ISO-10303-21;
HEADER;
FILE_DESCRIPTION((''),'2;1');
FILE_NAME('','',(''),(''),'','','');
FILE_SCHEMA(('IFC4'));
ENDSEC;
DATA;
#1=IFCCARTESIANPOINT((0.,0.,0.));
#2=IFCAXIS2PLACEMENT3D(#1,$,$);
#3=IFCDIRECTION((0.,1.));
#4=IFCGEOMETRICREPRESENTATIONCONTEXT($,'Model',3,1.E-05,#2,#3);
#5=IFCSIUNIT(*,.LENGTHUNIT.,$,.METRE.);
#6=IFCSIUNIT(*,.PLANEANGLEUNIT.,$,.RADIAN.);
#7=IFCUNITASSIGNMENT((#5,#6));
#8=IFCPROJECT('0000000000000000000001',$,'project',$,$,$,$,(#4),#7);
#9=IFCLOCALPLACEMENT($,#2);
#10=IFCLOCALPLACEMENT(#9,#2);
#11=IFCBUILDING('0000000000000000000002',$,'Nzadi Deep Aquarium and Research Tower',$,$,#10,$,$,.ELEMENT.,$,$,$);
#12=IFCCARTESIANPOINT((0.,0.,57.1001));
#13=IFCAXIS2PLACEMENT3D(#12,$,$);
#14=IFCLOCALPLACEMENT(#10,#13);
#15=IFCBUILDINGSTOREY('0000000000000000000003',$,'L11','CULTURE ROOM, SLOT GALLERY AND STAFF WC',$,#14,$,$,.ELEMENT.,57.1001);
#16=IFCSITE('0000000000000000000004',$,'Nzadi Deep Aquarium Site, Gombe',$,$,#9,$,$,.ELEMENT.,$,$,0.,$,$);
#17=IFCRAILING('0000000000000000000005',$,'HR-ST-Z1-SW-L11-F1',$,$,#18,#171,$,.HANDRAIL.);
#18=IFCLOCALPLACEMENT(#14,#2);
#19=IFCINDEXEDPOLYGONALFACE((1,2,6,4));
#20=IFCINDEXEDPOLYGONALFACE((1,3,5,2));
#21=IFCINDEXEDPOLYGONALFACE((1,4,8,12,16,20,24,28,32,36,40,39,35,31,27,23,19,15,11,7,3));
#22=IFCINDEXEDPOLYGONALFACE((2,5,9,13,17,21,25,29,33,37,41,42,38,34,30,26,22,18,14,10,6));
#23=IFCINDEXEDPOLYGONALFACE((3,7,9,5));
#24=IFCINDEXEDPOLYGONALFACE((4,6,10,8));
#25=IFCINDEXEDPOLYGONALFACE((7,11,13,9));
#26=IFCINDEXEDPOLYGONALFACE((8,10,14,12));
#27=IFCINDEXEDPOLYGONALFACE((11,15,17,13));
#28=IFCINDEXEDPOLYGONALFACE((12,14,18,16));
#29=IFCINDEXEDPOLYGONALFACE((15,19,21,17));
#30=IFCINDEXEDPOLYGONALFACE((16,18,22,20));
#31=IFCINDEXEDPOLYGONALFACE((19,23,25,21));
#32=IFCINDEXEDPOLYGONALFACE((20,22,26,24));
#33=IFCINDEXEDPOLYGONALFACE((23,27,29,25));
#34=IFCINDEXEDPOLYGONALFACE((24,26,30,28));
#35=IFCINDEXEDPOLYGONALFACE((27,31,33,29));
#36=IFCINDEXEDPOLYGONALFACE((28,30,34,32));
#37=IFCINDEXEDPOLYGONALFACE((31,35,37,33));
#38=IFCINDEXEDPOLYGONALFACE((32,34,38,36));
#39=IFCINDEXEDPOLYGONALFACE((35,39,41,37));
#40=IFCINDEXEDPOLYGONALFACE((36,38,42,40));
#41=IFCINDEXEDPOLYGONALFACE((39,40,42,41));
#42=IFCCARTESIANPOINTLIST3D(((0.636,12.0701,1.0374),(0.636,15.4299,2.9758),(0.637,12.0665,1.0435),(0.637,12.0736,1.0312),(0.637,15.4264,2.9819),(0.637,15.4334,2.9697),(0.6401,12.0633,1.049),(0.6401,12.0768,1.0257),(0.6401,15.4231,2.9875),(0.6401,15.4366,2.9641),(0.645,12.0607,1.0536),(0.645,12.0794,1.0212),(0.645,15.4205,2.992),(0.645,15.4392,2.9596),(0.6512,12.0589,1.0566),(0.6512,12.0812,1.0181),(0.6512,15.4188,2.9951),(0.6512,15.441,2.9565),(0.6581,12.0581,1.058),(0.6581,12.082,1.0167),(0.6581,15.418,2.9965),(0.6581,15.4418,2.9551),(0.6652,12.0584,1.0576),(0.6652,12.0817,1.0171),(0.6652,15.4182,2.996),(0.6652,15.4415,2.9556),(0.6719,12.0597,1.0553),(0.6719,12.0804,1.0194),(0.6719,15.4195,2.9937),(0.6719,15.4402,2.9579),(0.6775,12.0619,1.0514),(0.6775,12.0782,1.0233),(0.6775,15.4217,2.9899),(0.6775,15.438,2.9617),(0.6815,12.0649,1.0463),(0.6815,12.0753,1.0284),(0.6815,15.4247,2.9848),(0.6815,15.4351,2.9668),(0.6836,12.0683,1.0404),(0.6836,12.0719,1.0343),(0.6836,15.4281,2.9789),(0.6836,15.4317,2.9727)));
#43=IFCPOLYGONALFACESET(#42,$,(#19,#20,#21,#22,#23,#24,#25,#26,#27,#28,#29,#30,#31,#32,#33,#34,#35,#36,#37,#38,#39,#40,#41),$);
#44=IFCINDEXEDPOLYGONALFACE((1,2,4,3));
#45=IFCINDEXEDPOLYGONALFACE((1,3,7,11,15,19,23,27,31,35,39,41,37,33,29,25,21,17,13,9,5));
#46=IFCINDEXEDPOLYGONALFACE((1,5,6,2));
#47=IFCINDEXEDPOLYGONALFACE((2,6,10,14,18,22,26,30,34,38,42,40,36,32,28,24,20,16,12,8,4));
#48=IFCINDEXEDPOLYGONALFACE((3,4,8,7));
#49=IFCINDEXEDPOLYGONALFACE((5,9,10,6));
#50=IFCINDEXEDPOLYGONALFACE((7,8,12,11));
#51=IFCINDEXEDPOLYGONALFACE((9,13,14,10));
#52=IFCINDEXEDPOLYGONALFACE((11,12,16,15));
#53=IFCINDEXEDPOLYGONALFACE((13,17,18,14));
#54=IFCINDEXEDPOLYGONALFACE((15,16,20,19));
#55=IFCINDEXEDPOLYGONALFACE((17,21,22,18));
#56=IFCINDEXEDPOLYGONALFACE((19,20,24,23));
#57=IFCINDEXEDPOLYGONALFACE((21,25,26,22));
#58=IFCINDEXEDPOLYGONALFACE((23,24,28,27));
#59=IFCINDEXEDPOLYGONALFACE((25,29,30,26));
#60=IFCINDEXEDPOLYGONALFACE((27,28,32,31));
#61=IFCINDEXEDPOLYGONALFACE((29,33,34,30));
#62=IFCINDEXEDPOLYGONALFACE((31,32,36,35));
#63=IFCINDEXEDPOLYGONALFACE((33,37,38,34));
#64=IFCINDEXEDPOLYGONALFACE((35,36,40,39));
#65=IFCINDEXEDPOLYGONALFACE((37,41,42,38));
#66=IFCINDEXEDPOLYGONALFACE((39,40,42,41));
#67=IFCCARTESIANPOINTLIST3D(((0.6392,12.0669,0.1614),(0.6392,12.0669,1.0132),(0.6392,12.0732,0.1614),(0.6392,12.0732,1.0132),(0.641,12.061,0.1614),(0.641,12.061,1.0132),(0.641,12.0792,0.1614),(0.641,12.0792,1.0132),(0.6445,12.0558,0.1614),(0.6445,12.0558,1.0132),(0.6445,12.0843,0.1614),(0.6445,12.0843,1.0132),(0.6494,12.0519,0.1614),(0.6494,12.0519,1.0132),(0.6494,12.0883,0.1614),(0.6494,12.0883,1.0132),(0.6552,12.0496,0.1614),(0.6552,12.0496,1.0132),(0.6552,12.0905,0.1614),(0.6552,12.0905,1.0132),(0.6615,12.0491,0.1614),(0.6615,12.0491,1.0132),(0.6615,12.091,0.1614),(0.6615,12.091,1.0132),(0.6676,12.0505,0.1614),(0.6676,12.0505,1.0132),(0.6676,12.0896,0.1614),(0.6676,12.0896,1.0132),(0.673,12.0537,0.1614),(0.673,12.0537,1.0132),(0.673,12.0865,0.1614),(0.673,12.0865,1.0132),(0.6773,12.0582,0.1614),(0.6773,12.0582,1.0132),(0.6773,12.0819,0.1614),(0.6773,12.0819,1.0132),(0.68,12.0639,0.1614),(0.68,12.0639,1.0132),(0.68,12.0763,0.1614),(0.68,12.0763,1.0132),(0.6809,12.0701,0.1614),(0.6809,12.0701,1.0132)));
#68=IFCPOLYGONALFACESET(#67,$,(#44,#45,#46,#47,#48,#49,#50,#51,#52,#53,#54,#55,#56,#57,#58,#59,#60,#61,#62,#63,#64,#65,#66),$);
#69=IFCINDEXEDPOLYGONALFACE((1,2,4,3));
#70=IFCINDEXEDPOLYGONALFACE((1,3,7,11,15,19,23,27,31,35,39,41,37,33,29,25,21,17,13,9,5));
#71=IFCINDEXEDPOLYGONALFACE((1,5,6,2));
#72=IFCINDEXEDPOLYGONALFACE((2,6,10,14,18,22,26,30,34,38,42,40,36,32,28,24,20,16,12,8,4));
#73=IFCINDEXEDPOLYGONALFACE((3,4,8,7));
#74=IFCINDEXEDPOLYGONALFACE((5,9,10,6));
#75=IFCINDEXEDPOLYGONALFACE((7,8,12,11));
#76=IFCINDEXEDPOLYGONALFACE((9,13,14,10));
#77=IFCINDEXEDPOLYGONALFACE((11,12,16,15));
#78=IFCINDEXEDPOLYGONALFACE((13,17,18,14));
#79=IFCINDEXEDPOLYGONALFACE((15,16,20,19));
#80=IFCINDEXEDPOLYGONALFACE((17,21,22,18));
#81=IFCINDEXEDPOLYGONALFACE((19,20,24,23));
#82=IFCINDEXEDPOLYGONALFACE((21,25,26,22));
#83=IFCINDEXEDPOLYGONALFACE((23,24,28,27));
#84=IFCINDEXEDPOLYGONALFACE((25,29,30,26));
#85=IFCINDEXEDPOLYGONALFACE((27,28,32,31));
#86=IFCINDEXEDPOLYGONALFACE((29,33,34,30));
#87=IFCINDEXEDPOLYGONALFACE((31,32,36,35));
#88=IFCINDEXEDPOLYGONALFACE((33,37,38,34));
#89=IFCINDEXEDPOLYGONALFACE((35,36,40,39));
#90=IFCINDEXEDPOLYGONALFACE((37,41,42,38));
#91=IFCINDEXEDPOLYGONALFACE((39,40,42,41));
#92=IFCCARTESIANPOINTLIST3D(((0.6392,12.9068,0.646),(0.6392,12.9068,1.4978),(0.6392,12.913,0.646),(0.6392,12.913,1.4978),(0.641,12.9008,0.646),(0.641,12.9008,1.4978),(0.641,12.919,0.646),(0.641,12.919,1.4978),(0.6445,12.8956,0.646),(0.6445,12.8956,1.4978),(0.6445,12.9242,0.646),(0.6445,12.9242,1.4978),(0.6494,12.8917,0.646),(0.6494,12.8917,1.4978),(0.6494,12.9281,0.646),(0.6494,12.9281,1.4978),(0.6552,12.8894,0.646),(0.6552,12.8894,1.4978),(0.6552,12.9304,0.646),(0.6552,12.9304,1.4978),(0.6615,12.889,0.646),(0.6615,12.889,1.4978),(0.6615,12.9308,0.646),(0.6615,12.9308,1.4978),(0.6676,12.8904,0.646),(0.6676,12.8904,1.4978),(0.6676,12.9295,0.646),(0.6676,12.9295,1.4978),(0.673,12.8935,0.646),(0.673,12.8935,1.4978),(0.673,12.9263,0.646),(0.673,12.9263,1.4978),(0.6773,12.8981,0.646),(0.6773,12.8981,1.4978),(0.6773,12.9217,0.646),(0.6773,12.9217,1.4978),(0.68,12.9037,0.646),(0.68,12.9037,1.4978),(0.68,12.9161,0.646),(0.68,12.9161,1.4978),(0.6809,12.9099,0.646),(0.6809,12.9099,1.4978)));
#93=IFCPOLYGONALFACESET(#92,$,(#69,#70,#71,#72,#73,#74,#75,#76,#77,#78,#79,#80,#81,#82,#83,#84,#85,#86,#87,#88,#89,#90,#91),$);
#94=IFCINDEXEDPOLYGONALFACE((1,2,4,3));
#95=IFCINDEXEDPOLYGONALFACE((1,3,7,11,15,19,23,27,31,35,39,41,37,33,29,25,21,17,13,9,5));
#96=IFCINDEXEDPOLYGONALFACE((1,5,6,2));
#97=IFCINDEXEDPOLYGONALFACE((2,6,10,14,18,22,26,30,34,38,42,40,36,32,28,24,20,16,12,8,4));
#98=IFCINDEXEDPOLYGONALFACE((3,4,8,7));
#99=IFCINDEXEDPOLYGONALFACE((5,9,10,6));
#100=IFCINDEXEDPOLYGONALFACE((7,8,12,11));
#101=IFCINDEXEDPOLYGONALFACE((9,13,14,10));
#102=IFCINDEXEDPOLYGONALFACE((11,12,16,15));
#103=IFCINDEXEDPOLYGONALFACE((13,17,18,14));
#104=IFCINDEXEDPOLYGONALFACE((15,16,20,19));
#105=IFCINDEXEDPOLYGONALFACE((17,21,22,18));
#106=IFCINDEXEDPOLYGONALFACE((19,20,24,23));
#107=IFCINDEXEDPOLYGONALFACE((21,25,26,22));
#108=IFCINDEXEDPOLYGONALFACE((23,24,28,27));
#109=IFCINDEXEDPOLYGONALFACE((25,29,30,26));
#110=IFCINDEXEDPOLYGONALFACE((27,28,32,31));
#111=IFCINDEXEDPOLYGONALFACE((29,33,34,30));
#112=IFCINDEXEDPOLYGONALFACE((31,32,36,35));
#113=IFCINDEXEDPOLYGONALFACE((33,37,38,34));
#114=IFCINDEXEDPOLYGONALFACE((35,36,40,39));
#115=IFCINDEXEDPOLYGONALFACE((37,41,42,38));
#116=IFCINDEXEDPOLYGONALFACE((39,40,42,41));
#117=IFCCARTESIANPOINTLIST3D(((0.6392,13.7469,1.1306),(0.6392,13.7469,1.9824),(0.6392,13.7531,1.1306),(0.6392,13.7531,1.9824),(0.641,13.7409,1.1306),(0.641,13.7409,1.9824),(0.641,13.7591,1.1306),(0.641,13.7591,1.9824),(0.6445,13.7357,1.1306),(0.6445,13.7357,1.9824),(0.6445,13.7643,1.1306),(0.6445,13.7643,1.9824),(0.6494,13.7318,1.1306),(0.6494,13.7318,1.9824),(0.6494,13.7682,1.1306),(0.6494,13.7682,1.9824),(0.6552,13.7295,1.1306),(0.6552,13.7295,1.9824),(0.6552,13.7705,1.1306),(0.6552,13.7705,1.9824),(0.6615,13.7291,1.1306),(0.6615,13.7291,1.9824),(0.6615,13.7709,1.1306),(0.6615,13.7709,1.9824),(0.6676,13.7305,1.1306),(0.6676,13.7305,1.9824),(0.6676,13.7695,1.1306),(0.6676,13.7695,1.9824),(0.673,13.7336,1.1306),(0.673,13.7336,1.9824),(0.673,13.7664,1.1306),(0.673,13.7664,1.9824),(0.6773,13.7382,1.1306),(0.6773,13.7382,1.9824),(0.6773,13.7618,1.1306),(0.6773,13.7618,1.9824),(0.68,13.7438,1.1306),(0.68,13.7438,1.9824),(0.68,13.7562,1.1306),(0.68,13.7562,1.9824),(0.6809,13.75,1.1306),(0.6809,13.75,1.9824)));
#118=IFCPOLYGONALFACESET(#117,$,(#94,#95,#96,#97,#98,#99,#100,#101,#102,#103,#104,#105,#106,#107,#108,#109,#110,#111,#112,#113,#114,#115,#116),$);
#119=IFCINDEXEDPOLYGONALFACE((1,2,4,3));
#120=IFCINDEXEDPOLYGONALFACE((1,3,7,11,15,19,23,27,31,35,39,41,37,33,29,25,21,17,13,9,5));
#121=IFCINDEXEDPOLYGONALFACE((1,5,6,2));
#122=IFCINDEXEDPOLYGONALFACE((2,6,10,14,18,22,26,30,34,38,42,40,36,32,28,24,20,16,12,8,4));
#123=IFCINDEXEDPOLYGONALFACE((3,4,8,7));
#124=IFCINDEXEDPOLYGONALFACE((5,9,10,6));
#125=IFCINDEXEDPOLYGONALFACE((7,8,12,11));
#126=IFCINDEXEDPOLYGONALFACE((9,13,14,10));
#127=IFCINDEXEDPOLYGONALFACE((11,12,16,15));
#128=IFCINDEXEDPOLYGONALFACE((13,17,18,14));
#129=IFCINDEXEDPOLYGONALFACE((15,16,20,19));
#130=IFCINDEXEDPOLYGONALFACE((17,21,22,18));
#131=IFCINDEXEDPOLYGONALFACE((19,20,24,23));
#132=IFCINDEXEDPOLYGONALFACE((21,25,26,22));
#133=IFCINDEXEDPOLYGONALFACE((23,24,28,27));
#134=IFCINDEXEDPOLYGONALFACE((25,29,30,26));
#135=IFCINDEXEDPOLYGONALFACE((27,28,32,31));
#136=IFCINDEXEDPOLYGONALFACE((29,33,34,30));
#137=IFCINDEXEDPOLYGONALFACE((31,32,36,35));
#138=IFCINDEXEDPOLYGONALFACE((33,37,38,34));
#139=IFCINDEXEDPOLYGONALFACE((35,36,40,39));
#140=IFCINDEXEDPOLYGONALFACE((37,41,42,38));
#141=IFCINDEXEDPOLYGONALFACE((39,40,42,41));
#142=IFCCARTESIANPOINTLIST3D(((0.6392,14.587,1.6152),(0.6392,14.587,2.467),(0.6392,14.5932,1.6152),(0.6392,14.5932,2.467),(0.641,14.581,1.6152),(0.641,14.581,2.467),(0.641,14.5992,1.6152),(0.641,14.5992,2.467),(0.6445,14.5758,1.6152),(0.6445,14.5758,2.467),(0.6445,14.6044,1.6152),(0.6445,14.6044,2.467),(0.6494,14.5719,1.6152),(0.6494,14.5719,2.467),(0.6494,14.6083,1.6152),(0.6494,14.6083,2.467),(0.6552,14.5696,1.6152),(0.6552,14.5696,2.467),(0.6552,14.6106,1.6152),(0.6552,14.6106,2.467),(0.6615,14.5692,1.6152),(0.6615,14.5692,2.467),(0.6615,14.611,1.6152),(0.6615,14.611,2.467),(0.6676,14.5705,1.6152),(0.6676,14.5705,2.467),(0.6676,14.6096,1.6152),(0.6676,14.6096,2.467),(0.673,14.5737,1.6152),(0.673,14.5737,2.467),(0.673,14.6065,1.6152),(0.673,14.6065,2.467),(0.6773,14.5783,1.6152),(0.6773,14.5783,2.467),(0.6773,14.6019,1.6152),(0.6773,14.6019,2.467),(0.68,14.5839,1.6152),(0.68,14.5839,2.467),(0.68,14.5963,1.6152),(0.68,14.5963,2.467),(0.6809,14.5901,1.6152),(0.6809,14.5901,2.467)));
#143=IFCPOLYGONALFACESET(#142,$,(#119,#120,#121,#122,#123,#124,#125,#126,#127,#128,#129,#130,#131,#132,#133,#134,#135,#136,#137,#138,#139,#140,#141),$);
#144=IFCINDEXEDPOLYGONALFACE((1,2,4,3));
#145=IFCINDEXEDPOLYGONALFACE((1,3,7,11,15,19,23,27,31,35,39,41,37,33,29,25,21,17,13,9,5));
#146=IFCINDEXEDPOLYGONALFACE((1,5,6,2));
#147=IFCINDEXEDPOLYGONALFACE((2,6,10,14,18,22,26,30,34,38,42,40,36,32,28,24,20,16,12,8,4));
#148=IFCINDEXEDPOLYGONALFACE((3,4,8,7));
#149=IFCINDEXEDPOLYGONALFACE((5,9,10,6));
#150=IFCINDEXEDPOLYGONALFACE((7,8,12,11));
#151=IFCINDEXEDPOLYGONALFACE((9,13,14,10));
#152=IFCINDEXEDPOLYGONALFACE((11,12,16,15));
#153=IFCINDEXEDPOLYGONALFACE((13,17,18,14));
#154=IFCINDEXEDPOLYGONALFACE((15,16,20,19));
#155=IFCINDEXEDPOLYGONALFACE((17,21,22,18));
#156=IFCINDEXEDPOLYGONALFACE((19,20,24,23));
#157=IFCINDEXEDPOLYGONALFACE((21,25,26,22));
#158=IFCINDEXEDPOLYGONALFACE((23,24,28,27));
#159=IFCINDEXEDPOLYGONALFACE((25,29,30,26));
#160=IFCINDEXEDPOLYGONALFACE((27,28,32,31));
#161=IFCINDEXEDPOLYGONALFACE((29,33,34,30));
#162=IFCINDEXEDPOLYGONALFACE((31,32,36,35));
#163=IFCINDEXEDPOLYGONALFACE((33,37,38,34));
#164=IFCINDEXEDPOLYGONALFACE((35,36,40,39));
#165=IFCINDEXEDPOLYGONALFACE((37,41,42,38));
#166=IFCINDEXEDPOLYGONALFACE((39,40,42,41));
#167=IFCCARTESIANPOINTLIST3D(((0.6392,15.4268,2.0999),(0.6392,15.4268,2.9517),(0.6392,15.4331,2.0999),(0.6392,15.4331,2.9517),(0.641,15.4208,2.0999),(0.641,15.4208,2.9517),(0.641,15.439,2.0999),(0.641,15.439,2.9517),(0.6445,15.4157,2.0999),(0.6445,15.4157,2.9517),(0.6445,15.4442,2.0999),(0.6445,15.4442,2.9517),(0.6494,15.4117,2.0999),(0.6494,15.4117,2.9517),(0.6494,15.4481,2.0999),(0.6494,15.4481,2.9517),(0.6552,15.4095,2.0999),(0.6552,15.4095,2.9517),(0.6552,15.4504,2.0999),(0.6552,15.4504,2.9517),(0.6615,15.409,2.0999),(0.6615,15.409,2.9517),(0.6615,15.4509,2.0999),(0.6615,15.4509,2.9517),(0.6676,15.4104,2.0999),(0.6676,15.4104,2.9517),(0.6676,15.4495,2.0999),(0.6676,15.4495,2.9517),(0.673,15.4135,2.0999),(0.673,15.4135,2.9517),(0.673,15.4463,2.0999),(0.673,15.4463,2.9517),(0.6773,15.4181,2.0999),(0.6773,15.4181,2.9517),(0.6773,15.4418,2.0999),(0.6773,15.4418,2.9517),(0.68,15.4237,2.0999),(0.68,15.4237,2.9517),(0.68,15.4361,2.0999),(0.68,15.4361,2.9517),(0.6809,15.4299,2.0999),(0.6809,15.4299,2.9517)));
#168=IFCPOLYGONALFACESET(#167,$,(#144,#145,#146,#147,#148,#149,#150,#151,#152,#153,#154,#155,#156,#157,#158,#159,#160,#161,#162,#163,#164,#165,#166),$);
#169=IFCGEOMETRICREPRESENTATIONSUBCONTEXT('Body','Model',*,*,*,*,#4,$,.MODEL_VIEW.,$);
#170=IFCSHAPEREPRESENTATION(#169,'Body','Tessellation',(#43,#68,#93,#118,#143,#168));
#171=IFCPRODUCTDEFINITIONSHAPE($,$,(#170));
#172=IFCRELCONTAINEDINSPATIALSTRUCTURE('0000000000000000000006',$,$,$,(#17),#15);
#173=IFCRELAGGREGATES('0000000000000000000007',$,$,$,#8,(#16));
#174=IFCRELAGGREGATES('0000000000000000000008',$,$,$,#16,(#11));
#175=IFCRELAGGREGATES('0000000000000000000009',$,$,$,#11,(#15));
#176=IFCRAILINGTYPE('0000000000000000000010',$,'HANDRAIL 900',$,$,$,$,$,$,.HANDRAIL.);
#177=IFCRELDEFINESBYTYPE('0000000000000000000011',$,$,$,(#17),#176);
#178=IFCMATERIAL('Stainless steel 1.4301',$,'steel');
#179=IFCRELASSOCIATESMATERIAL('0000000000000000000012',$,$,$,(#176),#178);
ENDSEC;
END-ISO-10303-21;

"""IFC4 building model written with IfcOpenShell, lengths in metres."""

from ifc_helpers import new_model, si_unit, direction, frame, origin, origin_2d, place, context, subcontext, project, spatial, circle, extrude, material, type_object, element, save


model = new_model("IFC4")

# Units and contexts
model_context = context("Model", 3, precision=1e-05, world=origin(), true_north=direction((0.0, 1.0)))
body_context = subcontext(model_context, "Body", "Model", "MODEL_VIEW")
ifc_project = project(units=[si_unit("LENGTHUNIT", "METRE"), si_unit("PLANEANGLEUNIT", "RADIAN")], contexts=[model_context])

# Site, building, storey
site_placement = place(None, origin())
site = spatial("IfcSite", under=ifc_project, at=site_placement, Name="Nzadi Deep Aquarium Site, Gombe", CompositionType="ELEMENT", RefElevation=0.0)
building_placement = place(site_placement, origin())
building = spatial("IfcBuilding", under=site, at=building_placement, Name="Nzadi Deep Aquarium and Research Tower", CompositionType="ELEMENT")
storey_placement = place(building_placement, frame((0.0, 0.0, 57.1001)))
storey = spatial("IfcBuildingStorey", under=building, at=storey_placement, Name="L11", Description="CULTURE ROOM, SLOT GALLERY AND STAFF WC", CompositionType="ELEMENT", Elevation=57.1001)

# Railing
ifc_material_1 = material(Name="Stainless steel 1.4301", Category="steel")
railing_type = type_object("IfcRailingType", Name="HANDRAIL 900", PredefinedType="HANDRAIL", material=ifc_material_1)
for number, where, name in (
    (1, (0.6599, 12.0701, 0.1614), "HR-ST-Z1-SW-L11-F1"),
):
    element("IfcRailing", number, at=place(storey_placement, frame(where)), inside=storey, type_object=railing_type, Name=name, PredefinedType="HANDRAIL", context=body_context, shape_type="SweptSolid", body=[
        extrude(circle(Radius=0.0239, at=origin_2d()), frame((0.0, 0.0, 0.876), z_axis=(0.0, 0.866175, 0.499741), x_axis=(-1.0, 0.0, 0.0)), (0.0, 0.0, 1.0), 3.8789),
        extrude(circle(Radius=0.021, at=origin_2d()), origin(), (0.0, 0.0, 1.0), 0.8518),
        extrude(circle(Radius=0.021, at=origin_2d()), frame((0.0, 0.8398, 0.4846)), (0.0, 0.0, 1.0), 0.8518),
        extrude(circle(Radius=0.021, at=origin_2d()), frame((0.0, 1.6799, 0.9692)), (0.0, 0.0, 1.0), 0.8518),
        extrude(circle(Radius=0.021, at=origin_2d()), frame((0.0, 2.52, 1.4539)), (0.0, 0.0, 1.0), 0.8518),
        extrude(circle(Radius=0.021, at=origin_2d()), frame((0.0, 3.3599, 1.9385)), (0.0, 0.0, 1.0), 0.8518),
    ])

save(model, "model.ifc")
